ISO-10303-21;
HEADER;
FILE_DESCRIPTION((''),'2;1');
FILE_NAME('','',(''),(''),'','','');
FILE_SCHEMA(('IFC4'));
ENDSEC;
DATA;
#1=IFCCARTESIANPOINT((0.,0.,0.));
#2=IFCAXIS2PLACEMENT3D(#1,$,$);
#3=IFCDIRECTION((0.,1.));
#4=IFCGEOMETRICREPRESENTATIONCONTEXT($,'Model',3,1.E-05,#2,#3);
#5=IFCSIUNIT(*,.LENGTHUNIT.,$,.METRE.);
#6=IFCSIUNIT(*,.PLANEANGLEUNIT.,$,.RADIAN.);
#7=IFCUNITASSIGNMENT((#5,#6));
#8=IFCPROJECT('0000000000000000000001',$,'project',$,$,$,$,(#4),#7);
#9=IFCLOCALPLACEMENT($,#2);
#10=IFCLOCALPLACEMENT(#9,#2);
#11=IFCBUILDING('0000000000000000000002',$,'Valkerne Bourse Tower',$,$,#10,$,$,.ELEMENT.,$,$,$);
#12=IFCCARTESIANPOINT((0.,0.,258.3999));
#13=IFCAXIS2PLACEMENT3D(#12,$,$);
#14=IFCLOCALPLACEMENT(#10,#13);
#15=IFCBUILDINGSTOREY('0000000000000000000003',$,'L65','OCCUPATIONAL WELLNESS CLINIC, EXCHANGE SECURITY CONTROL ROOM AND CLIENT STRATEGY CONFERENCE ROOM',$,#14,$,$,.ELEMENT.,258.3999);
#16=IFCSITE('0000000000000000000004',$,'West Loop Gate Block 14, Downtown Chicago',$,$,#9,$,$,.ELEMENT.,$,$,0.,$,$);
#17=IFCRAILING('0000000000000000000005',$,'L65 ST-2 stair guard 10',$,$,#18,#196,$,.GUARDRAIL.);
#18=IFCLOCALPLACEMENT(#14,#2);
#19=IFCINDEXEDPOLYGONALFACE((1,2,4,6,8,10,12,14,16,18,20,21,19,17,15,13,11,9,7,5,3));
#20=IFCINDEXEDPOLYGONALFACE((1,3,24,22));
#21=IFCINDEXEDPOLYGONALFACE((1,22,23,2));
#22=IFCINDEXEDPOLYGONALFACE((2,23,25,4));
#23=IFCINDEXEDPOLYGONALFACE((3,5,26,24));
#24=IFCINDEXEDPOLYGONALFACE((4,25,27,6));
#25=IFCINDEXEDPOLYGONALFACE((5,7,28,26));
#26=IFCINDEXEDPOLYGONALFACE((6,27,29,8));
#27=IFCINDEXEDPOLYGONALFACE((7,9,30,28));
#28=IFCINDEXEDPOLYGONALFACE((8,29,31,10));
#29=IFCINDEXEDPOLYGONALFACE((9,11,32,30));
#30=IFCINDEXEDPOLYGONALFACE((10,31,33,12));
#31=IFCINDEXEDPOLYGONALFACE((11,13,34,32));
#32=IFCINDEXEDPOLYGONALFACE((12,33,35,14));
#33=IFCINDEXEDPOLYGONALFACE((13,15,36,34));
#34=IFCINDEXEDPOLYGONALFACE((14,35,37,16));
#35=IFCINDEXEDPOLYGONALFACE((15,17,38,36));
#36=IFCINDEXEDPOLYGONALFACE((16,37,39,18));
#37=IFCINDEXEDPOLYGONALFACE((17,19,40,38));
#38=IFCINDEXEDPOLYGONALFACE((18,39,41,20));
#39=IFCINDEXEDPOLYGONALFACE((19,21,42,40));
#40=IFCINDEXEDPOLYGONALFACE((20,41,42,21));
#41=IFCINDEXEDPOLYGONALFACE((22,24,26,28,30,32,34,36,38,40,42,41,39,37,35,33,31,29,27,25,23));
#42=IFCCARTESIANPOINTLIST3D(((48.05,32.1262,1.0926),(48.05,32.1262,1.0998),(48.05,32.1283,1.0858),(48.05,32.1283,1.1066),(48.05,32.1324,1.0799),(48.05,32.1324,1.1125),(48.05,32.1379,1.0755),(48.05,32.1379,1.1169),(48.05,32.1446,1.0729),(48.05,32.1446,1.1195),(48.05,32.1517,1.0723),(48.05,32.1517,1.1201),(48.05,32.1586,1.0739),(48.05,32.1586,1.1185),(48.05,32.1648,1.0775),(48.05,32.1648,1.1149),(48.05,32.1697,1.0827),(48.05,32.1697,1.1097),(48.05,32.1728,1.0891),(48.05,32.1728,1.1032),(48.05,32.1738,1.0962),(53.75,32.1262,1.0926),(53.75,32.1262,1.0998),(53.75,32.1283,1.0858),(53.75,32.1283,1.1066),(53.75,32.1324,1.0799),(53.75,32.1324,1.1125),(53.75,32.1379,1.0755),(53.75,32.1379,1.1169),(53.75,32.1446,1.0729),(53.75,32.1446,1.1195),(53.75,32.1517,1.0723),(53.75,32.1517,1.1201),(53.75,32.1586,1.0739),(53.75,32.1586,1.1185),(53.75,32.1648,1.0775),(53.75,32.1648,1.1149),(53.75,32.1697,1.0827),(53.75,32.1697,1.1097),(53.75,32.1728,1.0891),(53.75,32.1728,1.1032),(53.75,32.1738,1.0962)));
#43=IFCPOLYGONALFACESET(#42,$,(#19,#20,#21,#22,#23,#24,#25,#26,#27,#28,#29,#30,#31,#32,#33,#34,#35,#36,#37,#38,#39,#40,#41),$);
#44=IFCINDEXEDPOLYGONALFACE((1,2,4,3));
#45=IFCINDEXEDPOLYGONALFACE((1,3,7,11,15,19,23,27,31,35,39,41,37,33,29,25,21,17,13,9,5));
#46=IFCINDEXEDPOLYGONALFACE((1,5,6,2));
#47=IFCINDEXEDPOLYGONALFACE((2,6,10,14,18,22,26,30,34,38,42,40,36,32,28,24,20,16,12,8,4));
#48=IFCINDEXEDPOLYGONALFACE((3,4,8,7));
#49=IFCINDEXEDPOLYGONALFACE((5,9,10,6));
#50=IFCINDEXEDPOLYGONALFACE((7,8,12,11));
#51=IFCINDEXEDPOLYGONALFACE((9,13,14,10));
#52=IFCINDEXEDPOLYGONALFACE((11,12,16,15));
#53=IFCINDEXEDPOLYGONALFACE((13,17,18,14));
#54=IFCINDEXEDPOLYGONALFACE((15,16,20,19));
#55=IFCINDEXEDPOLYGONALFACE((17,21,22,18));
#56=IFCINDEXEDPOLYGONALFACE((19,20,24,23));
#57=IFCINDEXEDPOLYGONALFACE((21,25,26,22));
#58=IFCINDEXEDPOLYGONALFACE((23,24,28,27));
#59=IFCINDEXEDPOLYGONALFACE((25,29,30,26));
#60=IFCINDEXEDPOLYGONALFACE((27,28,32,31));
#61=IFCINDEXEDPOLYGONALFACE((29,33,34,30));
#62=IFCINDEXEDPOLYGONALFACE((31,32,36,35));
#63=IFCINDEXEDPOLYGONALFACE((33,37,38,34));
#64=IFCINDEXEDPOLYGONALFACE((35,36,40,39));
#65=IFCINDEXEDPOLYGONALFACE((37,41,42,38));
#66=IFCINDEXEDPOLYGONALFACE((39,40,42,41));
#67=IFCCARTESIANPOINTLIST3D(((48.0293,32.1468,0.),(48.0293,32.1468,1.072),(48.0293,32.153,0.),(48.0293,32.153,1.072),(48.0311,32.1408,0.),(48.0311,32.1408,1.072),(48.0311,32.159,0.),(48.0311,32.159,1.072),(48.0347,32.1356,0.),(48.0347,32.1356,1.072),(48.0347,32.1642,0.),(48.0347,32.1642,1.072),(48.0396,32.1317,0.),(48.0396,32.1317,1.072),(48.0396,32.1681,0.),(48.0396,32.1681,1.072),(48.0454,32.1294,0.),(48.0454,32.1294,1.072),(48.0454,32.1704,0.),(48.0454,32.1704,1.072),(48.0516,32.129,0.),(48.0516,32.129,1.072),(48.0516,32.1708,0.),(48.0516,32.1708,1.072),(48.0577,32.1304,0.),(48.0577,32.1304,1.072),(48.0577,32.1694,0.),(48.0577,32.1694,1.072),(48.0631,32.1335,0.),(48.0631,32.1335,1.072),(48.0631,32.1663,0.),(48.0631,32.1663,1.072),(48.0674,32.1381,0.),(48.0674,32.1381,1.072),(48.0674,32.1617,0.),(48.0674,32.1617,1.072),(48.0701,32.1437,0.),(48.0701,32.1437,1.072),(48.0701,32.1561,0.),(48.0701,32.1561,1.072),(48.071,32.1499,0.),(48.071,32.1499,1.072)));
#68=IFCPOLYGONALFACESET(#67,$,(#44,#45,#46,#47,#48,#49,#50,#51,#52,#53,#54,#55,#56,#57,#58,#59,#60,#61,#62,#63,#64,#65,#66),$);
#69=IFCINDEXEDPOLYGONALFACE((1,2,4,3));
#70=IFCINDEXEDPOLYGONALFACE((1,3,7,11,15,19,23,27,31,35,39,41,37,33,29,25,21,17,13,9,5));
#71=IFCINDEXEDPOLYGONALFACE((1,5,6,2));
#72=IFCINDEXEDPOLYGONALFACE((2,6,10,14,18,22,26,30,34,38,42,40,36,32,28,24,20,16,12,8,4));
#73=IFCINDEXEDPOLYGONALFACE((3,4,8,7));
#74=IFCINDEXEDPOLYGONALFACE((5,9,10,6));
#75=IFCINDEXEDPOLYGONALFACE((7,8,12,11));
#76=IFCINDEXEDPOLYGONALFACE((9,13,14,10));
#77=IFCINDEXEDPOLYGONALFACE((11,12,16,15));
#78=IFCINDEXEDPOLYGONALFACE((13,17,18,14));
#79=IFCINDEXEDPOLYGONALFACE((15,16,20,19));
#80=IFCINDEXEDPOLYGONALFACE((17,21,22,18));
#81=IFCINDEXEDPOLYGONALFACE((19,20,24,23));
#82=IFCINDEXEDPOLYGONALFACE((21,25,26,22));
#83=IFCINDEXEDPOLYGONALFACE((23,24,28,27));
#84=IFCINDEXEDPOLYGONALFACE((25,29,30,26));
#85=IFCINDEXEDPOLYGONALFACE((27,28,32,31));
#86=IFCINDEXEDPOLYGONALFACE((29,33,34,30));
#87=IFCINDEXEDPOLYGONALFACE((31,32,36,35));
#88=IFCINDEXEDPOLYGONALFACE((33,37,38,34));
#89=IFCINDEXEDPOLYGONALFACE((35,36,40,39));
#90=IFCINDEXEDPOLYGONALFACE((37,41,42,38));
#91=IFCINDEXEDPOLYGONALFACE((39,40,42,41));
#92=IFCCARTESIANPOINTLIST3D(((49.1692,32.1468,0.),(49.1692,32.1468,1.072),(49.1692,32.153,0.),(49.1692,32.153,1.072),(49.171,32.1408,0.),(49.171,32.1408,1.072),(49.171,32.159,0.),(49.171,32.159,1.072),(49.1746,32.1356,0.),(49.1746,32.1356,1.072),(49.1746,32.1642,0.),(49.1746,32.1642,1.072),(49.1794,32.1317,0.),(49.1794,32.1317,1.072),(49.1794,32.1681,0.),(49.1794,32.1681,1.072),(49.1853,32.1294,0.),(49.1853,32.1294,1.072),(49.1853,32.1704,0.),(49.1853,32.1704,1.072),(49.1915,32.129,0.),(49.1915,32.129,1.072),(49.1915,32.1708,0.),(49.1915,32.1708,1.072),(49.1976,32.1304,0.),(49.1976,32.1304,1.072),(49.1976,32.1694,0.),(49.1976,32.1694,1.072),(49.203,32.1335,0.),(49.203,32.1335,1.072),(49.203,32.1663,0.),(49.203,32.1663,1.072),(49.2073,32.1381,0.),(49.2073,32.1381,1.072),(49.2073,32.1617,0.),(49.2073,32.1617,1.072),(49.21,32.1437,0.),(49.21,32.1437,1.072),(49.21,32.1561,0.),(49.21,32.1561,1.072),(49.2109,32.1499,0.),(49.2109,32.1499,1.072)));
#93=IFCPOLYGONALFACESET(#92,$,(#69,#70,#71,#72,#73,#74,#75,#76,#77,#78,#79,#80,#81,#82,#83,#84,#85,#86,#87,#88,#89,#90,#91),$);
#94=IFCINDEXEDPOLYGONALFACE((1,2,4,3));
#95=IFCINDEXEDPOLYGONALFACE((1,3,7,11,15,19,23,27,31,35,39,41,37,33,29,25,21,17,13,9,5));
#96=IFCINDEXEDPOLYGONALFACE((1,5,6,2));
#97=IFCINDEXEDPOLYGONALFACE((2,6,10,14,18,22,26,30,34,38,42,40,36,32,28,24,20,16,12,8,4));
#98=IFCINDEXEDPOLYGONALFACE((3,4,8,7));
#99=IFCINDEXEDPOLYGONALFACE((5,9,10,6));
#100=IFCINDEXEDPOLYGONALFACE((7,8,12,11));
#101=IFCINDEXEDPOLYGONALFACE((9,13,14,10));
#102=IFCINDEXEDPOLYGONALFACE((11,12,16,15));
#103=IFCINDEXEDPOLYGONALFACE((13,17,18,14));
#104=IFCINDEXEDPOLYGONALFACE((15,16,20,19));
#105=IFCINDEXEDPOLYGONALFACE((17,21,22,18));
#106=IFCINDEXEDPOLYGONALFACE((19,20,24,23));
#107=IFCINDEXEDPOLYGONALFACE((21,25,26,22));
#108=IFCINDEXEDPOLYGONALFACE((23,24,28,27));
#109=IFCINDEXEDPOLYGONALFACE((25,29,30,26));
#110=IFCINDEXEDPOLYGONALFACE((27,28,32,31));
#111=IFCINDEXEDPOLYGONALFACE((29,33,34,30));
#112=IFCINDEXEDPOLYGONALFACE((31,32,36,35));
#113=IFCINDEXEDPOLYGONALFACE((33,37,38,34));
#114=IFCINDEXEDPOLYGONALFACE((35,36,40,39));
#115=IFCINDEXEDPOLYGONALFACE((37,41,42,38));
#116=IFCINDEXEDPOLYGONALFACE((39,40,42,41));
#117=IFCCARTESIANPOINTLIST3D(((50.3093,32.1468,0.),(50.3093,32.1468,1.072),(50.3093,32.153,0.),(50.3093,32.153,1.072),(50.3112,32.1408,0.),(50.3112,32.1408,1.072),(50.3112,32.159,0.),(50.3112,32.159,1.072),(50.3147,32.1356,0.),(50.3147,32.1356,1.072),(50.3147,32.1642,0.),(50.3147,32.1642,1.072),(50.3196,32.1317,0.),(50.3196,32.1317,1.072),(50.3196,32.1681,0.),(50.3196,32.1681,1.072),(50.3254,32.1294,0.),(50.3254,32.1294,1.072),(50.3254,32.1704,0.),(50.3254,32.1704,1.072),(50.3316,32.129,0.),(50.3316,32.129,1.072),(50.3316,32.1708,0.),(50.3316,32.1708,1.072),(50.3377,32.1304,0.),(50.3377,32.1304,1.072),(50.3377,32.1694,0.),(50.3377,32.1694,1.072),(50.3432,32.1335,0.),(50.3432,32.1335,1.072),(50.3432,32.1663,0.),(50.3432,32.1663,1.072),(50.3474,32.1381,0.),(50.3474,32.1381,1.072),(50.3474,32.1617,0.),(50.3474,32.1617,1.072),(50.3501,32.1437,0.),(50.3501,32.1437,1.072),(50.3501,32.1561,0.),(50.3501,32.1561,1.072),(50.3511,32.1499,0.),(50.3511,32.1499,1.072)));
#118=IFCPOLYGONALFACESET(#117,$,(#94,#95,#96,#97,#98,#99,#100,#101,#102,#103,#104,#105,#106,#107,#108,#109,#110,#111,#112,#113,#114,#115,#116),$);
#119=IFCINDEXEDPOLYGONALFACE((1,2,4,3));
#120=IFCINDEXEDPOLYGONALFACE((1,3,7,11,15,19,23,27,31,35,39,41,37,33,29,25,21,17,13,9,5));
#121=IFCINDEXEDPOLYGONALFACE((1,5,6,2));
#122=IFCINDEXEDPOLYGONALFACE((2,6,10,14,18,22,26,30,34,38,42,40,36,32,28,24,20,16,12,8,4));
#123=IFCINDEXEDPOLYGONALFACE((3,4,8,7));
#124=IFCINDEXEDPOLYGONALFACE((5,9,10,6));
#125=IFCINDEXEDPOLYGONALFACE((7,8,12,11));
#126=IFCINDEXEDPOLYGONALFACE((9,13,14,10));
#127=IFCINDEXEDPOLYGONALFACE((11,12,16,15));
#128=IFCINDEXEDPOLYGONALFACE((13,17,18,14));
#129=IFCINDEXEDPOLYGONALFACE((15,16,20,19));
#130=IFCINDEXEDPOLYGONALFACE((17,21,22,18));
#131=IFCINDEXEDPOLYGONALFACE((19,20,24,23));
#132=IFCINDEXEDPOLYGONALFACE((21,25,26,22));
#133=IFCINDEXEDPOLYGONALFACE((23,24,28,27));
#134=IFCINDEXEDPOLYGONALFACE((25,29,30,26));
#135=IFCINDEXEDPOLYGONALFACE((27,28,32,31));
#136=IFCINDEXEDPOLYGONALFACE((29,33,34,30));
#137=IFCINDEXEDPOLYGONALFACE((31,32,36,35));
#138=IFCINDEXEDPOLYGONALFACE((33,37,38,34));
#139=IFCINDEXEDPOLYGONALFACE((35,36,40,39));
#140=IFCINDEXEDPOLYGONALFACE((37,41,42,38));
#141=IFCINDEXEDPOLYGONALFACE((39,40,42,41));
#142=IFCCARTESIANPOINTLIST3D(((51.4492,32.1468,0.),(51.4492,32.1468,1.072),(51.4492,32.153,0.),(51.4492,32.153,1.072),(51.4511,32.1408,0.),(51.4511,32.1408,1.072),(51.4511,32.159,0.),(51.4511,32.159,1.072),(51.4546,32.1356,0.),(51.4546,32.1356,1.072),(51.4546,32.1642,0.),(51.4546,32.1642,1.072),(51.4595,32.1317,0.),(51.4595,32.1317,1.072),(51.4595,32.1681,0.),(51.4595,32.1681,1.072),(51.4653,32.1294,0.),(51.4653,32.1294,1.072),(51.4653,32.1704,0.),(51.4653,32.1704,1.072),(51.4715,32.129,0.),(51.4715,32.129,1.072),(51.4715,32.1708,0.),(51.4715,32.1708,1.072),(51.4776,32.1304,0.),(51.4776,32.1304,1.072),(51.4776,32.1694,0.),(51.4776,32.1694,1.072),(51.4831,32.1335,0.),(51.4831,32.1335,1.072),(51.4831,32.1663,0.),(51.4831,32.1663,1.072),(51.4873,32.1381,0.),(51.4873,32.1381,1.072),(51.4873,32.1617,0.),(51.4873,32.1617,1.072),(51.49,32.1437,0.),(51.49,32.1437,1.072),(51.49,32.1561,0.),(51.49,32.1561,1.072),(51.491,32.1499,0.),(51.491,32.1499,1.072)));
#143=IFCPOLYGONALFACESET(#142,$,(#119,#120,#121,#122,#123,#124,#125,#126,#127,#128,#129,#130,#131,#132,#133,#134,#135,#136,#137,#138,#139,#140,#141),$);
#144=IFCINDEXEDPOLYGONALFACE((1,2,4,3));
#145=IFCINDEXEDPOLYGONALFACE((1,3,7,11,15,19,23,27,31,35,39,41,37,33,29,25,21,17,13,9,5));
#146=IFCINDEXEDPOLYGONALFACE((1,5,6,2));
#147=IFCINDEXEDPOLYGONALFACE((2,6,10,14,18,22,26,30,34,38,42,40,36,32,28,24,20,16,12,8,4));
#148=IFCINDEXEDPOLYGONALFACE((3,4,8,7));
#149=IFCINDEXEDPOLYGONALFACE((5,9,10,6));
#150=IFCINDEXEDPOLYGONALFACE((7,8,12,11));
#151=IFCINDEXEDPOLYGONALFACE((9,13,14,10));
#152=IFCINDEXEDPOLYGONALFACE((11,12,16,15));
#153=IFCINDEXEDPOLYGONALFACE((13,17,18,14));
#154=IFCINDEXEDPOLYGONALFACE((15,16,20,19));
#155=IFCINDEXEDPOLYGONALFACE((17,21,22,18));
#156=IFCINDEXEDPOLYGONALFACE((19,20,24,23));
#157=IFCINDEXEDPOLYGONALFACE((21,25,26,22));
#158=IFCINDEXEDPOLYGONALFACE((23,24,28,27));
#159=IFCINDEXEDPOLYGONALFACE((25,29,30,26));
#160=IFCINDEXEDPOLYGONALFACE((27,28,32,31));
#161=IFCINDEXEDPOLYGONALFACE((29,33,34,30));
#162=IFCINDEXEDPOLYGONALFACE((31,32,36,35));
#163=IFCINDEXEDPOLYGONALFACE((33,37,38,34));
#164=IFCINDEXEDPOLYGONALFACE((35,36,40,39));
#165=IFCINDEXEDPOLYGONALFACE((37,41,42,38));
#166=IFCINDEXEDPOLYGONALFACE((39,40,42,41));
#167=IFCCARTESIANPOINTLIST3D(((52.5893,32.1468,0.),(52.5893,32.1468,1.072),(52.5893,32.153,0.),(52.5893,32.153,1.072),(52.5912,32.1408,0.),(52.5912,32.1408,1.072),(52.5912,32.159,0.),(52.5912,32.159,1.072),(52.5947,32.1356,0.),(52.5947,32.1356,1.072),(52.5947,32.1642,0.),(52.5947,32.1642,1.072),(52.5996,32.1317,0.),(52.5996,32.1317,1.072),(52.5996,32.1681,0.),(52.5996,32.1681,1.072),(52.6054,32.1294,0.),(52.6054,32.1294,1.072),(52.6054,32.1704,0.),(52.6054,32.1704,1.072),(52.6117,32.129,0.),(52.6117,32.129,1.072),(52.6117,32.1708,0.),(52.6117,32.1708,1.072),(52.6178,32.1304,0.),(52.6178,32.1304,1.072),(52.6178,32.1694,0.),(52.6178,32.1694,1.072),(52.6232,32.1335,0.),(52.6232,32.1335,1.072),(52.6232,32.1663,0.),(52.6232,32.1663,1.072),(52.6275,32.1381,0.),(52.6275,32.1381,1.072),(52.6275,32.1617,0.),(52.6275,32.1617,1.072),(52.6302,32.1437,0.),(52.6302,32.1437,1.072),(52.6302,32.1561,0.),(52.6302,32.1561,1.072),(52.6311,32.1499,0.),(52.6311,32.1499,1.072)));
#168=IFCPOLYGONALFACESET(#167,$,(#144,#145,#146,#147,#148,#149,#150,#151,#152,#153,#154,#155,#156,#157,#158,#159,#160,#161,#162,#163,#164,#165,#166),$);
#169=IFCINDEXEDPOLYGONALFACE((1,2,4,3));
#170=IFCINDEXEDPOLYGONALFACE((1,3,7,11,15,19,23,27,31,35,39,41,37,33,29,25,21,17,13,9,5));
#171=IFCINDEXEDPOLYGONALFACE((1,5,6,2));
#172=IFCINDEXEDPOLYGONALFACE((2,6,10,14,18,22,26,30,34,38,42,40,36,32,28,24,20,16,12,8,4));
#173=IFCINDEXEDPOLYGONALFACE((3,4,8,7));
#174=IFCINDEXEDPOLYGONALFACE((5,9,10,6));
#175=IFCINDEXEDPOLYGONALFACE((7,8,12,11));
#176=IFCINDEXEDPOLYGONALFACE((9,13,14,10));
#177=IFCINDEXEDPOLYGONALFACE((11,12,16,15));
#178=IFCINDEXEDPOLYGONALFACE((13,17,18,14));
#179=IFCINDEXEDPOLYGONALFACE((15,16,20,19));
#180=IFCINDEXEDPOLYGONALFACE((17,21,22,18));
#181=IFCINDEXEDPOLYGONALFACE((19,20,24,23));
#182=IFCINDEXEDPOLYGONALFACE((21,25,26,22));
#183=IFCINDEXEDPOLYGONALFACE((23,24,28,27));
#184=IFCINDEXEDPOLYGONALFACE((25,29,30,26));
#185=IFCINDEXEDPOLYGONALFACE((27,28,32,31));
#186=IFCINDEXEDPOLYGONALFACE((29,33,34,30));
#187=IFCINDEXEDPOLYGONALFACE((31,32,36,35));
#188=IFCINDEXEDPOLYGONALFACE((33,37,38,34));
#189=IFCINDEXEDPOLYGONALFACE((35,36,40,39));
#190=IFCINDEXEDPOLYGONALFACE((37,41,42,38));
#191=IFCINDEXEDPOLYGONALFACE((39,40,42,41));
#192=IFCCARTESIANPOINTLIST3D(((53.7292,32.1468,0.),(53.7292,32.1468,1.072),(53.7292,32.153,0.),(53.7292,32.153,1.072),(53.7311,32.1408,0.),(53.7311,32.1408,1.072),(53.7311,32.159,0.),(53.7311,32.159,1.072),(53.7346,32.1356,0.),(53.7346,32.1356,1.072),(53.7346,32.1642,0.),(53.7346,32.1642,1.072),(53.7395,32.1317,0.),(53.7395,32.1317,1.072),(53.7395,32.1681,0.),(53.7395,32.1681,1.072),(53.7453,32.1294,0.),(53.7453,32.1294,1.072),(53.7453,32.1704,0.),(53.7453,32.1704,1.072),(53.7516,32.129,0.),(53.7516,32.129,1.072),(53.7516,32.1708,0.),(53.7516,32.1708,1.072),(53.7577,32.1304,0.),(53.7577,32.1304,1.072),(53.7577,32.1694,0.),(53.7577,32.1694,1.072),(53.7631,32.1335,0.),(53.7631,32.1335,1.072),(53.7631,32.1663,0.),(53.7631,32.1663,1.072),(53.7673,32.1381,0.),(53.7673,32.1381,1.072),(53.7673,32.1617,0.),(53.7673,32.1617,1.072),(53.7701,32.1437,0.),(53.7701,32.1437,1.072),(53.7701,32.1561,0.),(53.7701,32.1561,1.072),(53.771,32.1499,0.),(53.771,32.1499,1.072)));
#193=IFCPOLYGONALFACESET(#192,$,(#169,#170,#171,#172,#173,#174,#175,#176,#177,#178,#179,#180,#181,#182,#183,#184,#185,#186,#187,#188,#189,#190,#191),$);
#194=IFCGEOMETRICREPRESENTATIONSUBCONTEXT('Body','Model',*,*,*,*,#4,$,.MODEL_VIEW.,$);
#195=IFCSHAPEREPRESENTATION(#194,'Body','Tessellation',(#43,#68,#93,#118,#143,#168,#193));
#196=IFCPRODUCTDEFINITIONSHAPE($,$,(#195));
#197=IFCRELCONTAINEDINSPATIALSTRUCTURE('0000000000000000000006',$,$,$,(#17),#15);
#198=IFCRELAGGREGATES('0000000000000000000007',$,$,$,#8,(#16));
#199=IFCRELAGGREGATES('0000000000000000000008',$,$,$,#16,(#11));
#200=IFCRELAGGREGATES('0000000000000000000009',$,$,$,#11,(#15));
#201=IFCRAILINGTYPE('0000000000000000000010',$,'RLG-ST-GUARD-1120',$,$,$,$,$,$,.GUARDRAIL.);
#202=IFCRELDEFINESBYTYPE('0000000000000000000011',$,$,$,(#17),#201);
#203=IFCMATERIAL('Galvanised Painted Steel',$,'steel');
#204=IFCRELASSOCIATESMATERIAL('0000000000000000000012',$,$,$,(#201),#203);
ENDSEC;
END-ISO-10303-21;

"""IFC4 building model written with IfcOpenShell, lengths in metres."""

from ifc_helpers import new_model, si_unit, direction, frame, origin, origin_2d, place, context, subcontext, project, spatial, circle, extrude, material, type_object, element, save


model = new_model("IFC4")

# Units and contexts
model_context = context("Model", 3, precision=1e-05, world=origin(), true_north=direction((0.0, 1.0)))
body_context = subcontext(model_context, "Body", "Model", "MODEL_VIEW")
ifc_project = project(units=[si_unit("LENGTHUNIT", "METRE"), si_unit("PLANEANGLEUNIT", "RADIAN")], contexts=[model_context])

# Site, building, storey
site_placement = place(None, origin())
site = spatial("IfcSite", under=ifc_project, at=site_placement, Name="West Loop Gate Block 14, Downtown Chicago", CompositionType="ELEMENT", RefElevation=0.0)
building_placement = place(site_placement, origin())
building = spatial("IfcBuilding", under=site, at=building_placement, Name="Valkerne Bourse Tower", CompositionType="ELEMENT")
storey_placement = place(building_placement, frame((0.0, 0.0, 258.3999)))
storey = spatial("IfcBuildingStorey", under=building, at=storey_placement, Name="L65", Description="OCCUPATIONAL WELLNESS CLINIC, EXCHANGE SECURITY CONTROL ROOM AND CLIENT STRATEGY CONFERENCE ROOM", CompositionType="ELEMENT", Elevation=258.3999)

# Shared definitions
ifc_material_1 = material(Name="Galvanised Painted Steel", Category="steel")

# Railing
railing_type_1 = type_object("IfcRailingType", Name="RLG-ST-GUARD-1120", PredefinedType="GUARDRAIL", material=ifc_material_1)
for number, where, name in (
    (1, (48.05, 32.1499, 0.0), "L65 ST-2 stair guard 10"),
):
    element("IfcRailing", number, at=place(storey_placement, frame(where)), inside=storey, type_object=railing_type_1, Name=name, PredefinedType="GUARDRAIL", context=body_context, shape_type="SweptSolid", body=[
        extrude(circle(Radius=0.0239, at=origin_2d()), frame((0.0, 0.0, 1.0962), z_axis=(1.0, 0.0, 0.0), x_axis=(0.0, 1.0, 0.0)), (0.0, 0.0, 1.0), 5.7),
        extrude(circle(Radius=0.021, at=origin_2d()), origin(), (0.0, 0.0, 1.0), 1.072),
        extrude(circle(Radius=0.021, at=origin_2d()), frame((1.1399, 0.0, 0.0)), (0.0, 0.0, 1.0), 1.072),
        extrude(circle(Radius=0.021, at=origin_2d()), frame((2.28, 0.0, 0.0)), (0.0, 0.0, 1.0), 1.072),
        extrude(circle(Radius=0.021, at=origin_2d()), frame((3.4199, 0.0, 0.0)), (0.0, 0.0, 1.0), 1.072),
        extrude(circle(Radius=0.021, at=origin_2d()), frame((4.5601, 0.0, 0.0)), (0.0, 0.0, 1.0), 1.072),
        extrude(circle(Radius=0.021, at=origin_2d()), frame((5.7, 0.0, 0.0)), (0.0, 0.0, 1.0), 1.072),
    ])

save(model, "model.ifc")
